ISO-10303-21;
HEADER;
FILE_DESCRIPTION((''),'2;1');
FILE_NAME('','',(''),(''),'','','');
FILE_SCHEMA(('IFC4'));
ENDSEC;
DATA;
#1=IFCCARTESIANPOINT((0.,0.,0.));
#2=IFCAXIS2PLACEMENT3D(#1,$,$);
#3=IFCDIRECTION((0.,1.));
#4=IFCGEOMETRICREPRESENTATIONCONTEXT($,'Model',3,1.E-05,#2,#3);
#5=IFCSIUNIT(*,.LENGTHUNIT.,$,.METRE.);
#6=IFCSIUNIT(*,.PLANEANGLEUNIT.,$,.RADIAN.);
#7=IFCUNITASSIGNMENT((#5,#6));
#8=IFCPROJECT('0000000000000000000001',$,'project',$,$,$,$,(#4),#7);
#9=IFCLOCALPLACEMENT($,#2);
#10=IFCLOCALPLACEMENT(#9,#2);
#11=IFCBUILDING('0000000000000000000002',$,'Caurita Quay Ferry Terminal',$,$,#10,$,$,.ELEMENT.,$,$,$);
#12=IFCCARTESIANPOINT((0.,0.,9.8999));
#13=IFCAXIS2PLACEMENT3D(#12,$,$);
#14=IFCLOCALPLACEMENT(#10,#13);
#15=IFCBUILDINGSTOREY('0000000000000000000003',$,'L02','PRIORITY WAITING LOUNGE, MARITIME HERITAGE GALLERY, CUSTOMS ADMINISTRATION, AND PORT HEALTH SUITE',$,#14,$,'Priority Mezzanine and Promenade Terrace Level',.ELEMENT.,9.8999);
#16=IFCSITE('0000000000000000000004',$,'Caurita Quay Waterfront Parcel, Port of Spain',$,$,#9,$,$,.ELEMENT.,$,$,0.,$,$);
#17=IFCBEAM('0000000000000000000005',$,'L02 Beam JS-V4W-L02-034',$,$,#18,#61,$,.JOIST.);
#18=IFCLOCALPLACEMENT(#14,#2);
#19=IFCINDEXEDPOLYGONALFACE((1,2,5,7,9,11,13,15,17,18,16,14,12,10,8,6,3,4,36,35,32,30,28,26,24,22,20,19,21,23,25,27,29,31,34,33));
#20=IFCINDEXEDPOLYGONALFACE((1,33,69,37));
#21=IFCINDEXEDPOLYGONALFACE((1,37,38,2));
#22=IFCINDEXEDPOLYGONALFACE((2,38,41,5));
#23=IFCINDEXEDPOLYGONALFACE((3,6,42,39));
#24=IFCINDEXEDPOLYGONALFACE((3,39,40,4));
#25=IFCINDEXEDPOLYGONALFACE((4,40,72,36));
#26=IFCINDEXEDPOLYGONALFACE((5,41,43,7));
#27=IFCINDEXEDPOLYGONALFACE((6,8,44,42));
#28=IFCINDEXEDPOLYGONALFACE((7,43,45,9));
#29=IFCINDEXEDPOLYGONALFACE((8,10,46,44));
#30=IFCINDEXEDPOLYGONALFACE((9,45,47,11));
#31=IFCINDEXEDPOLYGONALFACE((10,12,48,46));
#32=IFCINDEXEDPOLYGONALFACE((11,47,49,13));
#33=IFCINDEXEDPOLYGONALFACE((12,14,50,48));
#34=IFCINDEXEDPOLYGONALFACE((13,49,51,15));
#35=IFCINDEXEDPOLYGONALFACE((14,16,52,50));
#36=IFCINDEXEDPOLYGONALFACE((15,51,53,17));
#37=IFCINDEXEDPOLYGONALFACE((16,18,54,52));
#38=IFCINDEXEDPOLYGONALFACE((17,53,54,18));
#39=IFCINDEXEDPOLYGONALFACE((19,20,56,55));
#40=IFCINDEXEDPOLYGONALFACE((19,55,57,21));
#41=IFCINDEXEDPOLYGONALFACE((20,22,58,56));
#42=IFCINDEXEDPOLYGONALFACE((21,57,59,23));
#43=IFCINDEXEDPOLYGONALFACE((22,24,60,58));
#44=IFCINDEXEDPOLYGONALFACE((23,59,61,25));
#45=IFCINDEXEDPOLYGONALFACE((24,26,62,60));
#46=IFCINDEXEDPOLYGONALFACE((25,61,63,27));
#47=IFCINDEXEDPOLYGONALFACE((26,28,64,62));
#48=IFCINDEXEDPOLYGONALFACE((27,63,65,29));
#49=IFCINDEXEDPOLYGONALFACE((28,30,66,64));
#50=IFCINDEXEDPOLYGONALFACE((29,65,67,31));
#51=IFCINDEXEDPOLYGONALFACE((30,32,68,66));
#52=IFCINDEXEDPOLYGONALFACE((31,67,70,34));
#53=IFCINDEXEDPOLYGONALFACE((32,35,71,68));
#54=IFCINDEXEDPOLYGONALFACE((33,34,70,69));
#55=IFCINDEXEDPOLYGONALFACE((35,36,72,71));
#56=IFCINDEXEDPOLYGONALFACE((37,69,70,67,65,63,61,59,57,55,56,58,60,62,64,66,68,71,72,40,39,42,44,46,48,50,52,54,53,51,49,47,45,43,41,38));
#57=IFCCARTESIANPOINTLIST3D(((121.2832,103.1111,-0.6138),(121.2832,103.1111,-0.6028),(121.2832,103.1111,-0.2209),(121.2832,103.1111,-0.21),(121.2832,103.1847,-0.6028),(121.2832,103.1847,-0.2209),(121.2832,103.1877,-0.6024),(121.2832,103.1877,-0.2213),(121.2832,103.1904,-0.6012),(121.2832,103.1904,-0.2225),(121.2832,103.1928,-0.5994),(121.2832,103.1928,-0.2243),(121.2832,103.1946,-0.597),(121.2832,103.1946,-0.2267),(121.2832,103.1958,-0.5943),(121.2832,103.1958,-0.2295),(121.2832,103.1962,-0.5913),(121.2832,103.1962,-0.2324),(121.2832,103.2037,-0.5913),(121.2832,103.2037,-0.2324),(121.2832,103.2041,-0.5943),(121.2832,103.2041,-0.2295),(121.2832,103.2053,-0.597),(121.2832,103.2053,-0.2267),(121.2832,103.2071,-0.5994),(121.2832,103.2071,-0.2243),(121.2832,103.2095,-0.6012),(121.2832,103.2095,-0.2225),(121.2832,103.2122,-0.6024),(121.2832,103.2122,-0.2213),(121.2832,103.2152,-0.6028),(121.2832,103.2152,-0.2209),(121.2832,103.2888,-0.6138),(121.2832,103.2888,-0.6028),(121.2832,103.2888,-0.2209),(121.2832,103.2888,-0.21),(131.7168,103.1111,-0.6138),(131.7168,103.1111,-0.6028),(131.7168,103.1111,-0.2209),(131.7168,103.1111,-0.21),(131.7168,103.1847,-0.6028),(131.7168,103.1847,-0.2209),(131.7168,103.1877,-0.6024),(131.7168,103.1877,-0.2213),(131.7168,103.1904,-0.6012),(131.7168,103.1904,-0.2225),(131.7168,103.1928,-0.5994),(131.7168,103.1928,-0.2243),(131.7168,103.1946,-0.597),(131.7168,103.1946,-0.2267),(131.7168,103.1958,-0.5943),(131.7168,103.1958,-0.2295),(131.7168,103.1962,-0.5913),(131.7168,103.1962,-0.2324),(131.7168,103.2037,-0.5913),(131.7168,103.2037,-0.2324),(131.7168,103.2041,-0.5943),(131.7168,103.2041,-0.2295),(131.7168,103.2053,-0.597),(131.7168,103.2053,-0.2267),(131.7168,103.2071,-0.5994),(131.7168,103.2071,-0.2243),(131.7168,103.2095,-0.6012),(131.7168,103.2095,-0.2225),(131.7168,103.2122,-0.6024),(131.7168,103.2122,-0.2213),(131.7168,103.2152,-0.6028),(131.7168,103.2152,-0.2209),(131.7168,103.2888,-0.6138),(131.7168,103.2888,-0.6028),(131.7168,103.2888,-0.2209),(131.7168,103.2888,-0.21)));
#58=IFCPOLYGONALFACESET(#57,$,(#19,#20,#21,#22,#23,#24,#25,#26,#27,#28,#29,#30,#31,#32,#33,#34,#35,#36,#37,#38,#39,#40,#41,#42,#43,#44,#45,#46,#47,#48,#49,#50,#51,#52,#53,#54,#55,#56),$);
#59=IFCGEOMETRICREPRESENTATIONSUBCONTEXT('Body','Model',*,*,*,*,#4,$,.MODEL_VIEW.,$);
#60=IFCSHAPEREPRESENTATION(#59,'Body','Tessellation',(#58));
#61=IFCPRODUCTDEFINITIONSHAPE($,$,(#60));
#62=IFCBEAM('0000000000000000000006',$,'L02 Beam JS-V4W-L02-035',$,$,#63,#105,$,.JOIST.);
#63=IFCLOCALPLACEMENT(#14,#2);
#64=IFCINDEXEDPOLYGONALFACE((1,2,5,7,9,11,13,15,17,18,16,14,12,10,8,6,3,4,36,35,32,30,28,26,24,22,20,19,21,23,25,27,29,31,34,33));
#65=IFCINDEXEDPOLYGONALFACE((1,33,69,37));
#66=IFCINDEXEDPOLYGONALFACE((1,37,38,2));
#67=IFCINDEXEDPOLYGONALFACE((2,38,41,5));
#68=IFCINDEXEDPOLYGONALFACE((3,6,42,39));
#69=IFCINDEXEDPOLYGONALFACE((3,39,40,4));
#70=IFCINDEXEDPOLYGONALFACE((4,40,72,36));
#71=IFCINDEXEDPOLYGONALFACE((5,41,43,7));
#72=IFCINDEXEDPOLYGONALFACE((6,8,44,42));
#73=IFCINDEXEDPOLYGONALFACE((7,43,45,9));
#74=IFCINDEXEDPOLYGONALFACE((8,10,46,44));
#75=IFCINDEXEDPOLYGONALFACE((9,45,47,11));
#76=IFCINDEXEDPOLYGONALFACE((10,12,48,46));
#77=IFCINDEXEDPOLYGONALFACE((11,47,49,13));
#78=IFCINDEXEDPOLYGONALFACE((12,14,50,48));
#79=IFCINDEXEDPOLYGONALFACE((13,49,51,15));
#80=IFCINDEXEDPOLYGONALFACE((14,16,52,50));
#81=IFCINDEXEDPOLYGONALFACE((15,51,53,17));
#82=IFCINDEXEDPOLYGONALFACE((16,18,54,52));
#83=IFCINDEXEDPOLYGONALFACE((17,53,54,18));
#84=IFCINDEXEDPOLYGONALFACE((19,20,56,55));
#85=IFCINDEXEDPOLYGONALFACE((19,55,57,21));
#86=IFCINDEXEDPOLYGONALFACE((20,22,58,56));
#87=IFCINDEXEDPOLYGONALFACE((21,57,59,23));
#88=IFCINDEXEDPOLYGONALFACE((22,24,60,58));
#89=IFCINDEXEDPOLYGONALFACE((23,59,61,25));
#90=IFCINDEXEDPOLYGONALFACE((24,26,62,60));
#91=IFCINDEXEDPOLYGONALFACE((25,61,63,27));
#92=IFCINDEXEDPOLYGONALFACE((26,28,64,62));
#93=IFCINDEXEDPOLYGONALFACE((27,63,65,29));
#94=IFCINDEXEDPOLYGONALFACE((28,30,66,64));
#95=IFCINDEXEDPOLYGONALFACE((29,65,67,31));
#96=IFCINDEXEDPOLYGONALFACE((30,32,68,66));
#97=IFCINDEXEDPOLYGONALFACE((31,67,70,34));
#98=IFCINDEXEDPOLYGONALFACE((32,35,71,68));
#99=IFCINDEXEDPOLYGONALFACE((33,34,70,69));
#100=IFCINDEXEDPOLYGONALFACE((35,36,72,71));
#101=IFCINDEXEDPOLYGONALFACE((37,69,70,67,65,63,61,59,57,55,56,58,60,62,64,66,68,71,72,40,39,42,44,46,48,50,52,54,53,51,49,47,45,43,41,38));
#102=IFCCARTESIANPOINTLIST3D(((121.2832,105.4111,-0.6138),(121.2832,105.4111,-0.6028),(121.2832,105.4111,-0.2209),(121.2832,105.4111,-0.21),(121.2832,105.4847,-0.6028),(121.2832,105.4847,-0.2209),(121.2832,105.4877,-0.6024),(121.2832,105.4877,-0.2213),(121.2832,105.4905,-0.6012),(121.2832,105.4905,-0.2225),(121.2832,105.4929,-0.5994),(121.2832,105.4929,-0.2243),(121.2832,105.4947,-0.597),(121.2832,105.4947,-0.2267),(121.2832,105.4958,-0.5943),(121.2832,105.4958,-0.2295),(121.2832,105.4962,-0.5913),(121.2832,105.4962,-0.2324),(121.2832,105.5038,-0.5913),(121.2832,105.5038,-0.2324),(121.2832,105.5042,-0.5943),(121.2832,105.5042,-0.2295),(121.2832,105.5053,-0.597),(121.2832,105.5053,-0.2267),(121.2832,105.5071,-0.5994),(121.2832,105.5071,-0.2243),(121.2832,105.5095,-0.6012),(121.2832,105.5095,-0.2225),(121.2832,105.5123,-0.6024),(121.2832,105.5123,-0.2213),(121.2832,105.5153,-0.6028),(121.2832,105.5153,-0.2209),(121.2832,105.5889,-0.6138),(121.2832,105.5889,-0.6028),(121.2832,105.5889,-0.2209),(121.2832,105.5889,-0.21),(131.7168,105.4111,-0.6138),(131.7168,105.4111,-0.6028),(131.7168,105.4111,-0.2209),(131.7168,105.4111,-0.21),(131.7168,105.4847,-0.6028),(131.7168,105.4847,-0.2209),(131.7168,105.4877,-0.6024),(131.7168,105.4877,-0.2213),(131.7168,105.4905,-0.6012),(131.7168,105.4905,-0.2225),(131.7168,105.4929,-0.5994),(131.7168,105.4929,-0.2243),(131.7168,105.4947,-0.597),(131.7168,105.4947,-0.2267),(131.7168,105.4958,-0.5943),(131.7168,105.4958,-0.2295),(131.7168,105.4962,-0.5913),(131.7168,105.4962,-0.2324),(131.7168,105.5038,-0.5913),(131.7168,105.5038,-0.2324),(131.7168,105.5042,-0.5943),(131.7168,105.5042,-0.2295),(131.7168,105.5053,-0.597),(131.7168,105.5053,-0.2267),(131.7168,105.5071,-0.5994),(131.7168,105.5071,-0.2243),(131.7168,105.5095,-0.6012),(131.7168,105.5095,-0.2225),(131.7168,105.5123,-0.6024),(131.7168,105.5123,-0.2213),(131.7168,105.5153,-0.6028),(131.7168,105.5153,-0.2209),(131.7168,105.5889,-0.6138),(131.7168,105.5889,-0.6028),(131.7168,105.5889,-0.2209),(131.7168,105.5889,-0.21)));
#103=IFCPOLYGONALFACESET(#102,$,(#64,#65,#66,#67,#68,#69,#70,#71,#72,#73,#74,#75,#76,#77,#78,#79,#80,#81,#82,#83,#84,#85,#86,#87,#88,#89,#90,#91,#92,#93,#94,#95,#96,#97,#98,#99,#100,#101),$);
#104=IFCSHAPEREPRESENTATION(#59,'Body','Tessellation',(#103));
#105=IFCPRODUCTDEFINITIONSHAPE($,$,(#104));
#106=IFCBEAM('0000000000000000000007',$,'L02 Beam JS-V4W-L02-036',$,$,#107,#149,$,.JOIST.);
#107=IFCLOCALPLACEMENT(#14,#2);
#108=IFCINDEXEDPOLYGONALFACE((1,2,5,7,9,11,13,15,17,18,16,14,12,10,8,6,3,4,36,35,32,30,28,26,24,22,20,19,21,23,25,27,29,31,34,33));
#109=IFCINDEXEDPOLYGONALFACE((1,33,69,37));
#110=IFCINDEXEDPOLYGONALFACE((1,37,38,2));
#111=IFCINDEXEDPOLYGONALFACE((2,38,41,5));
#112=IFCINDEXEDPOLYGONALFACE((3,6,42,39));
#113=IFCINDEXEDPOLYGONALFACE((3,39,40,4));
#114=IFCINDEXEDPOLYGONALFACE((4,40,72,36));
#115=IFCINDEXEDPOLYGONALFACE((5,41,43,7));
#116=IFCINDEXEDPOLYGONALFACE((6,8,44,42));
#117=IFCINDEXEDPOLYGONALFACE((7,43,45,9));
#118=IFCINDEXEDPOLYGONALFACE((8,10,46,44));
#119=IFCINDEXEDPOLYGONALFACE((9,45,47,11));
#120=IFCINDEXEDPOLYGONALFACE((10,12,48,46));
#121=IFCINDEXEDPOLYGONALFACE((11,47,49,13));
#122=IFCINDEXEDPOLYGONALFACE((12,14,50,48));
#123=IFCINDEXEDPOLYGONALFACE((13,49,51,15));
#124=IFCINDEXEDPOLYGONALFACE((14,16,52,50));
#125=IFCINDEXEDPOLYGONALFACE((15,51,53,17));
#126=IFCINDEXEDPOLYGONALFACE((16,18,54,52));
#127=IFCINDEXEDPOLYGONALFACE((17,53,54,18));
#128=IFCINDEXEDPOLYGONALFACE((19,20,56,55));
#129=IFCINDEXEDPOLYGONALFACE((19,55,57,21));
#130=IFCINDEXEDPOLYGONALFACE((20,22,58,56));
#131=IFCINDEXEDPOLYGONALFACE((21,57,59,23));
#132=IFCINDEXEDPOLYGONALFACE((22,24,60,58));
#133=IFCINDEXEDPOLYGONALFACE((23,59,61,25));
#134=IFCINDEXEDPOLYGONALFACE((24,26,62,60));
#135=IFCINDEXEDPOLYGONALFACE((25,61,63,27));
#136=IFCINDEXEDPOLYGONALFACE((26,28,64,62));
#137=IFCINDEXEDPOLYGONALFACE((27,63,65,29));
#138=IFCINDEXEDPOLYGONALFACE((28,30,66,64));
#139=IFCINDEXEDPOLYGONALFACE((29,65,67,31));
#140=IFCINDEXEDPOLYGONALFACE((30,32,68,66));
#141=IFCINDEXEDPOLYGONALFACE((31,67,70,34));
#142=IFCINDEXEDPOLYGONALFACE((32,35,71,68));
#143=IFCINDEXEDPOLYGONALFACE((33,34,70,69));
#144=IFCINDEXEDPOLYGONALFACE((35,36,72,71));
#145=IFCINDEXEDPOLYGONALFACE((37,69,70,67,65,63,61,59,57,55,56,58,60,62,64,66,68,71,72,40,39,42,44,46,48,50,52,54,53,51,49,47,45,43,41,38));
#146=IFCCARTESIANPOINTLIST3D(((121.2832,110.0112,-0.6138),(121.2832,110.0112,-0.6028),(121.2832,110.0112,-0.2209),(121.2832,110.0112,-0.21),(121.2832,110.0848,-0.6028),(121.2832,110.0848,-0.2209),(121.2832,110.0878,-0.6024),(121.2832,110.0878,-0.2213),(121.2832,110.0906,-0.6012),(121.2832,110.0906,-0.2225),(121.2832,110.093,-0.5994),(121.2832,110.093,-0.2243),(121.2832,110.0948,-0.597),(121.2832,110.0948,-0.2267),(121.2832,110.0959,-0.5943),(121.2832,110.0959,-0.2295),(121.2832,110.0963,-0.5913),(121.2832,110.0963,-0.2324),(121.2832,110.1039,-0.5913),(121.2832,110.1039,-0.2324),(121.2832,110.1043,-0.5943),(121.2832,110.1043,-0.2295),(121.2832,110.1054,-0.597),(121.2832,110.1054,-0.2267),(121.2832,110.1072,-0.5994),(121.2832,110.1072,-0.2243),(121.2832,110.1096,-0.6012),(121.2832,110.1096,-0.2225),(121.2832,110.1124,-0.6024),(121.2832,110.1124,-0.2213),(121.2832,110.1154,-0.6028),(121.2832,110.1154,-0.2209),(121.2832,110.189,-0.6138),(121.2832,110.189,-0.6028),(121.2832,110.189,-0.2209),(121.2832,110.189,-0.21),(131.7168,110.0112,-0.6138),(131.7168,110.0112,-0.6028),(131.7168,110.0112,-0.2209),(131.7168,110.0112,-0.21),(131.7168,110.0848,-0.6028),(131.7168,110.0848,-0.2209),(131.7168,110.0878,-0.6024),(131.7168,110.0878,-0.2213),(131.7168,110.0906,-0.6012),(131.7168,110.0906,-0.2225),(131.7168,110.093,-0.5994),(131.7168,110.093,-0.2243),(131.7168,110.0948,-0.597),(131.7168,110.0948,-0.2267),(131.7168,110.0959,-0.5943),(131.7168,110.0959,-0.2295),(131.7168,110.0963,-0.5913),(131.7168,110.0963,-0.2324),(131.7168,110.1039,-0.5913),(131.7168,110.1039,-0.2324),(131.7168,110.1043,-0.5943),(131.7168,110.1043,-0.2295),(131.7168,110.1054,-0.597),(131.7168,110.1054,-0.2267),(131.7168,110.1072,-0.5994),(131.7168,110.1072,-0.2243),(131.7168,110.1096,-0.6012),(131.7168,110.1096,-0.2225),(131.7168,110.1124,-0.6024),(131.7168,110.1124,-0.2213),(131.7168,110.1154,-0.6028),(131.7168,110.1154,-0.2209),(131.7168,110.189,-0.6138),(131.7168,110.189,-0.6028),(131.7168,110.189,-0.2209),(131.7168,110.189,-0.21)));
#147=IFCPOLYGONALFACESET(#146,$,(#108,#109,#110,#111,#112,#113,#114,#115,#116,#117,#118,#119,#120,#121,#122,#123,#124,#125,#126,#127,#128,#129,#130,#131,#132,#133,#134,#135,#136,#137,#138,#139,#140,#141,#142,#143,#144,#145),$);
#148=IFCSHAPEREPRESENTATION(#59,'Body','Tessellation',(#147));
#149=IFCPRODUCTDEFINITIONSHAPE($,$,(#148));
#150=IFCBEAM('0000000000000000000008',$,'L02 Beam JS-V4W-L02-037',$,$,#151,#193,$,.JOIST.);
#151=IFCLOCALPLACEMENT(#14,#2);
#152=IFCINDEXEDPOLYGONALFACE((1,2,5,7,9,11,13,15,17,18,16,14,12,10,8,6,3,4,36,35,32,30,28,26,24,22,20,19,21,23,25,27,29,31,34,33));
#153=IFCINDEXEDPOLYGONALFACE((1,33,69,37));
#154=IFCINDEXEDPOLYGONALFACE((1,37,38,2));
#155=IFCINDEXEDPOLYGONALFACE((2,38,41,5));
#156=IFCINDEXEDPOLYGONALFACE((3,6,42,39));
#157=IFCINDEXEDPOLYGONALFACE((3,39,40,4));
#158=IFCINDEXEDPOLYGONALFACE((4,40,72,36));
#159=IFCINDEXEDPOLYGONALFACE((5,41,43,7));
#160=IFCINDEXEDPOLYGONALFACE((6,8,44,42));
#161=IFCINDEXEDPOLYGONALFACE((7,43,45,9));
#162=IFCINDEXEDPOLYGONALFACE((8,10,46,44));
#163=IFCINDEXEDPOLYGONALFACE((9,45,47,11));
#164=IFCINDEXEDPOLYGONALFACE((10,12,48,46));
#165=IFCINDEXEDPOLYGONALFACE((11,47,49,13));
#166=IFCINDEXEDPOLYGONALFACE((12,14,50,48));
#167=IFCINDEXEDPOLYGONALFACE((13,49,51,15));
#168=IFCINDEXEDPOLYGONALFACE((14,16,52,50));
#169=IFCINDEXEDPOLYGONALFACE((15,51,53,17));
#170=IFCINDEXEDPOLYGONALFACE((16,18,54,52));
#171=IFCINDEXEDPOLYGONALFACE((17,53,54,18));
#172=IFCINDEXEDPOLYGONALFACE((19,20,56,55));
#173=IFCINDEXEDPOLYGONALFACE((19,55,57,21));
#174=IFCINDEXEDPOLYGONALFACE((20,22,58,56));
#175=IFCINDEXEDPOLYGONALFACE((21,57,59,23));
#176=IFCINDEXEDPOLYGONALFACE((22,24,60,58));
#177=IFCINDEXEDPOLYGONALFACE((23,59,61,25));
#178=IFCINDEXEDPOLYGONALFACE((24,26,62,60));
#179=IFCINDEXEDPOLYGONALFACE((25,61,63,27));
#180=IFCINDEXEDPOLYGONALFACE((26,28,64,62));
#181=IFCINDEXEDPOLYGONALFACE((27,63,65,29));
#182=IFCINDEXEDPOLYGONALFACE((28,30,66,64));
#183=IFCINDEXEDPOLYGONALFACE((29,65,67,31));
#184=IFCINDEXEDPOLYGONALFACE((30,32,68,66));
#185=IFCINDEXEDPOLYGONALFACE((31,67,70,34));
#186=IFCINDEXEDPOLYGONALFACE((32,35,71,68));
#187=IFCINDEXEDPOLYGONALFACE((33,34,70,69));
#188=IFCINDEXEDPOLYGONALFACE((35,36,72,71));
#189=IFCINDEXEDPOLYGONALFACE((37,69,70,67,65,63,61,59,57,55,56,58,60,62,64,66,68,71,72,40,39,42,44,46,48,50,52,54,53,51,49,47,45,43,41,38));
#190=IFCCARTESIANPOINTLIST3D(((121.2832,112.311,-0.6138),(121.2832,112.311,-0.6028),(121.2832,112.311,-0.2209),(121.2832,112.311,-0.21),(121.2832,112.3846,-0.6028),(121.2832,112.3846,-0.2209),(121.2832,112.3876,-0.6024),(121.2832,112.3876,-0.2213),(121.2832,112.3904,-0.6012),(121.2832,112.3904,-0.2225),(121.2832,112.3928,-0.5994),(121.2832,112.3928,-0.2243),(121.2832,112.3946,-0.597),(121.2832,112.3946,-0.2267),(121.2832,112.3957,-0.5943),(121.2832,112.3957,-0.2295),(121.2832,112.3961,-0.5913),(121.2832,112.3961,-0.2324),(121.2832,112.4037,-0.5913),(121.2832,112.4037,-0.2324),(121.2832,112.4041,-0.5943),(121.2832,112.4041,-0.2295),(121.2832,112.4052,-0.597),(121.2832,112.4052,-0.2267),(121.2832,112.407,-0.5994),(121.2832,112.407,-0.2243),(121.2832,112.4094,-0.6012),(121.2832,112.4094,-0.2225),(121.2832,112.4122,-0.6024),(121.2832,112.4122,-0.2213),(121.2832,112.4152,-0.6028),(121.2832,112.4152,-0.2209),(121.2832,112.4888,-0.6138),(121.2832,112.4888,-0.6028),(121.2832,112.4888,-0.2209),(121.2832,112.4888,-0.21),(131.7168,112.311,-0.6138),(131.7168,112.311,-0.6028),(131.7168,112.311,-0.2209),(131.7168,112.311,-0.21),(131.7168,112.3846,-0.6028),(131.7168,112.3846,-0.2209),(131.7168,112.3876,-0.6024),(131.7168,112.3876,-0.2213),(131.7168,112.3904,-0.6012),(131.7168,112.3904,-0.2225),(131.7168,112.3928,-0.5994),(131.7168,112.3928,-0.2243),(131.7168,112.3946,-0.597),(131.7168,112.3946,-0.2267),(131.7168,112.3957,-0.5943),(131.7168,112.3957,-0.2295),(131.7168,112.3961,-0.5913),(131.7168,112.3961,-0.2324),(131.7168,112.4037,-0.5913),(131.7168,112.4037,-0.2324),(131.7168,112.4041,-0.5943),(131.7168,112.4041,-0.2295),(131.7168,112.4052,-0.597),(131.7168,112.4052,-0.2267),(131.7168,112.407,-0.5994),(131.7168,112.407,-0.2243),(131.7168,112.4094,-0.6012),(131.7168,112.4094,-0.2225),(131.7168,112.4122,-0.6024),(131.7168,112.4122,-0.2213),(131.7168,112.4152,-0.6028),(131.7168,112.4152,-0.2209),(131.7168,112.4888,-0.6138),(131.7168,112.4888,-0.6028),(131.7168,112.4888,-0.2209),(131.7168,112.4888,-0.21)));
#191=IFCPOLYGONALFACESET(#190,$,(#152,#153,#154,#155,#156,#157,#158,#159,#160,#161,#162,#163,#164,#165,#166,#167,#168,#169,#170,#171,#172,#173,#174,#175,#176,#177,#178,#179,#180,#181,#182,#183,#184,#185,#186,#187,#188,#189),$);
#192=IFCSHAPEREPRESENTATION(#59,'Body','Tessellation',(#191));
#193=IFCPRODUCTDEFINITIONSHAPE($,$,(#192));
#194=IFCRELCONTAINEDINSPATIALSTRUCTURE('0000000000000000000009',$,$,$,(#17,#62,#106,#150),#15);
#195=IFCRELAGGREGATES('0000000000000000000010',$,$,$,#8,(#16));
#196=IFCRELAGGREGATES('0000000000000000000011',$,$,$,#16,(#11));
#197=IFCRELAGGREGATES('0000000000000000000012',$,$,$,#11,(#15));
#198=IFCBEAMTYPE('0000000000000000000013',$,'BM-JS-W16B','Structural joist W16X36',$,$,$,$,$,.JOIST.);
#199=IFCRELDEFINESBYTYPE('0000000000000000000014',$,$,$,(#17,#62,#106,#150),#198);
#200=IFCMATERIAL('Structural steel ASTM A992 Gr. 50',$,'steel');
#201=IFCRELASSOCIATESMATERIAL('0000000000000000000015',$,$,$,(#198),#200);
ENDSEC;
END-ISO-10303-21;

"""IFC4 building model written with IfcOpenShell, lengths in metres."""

from ifc_helpers import new_model, si_unit, direction, frame, origin, origin_2d, place, context, subcontext, project, spatial, i_section, extrude, material, material_profile, profile_set, type_object, element, save


model = new_model("IFC4")

# Units and contexts
model_context = context("Model", 3, precision=1e-05, world=origin(), true_north=direction((0.0, 1.0)))
body_context = subcontext(model_context, "Body", "Model", "MODEL_VIEW")
ifc_project = project(units=[si_unit("LENGTHUNIT", "METRE"), si_unit("PLANEANGLEUNIT", "RADIAN")], contexts=[model_context])

# Site, building, storey
site_placement = place(None, origin())
site = spatial("IfcSite", under=ifc_project, at=site_placement, Name="Caurita Quay Waterfront Parcel, Port of Spain", CompositionType="ELEMENT", RefElevation=0.0)
building_placement = place(site_placement, origin())
building = spatial("IfcBuilding", under=site, at=building_placement, Name="Caurita Quay Ferry Terminal", CompositionType="ELEMENT")
storey_placement = place(building_placement, frame((0.0, 0.0, 9.8999)))
storey = spatial("IfcBuildingStorey", under=building, at=storey_placement, Name="L02", Description="PRIORITY WAITING LOUNGE, MARITIME HERITAGE GALLERY, CUSTOMS ADMINISTRATION, AND PORT HEALTH SUITE", LongName="Priority Mezzanine and Promenade Terrace Level", CompositionType="ELEMENT", Elevation=9.8999)

# Beams
ifc_material_1 = material(Name="Structural steel ASTM A992 Gr. 50", Category="steel")
ifc_material_profile_1 = material_profile(ifc_material_1, i_section(OverallWidth=0.1777, OverallDepth=0.4038, WebThickness=0.0076, FlangeThickness=0.011, FilletRadius=0.0115, at=origin_2d()), Name="W16X36")
ifc_profile_set_1 = profile_set([ifc_material_profile_1], Name="Structural steel ASTM A992 Gr. 50")
beam_type_1 = type_object("IfcBeamType", Name="BM-JS-W16B", Description="Structural joist W16X36", PredefinedType="JOIST", material=ifc_profile_set_1)
for number, where, z_axis, x_axis, name in (
    (1, (121.2832, 103.2, -0.4119), (1.0, 0.0, 0.0), (0.0, 1.0, 0.0), "L02 Beam JS-V4W-L02-034"),
    (2, (121.2832, 105.5, -0.4119), (1.0, 0.0, 0.0), (0.0, 1.0, 0.0), "L02 Beam JS-V4W-L02-035"),
    (3, (121.2832, 110.1001, -0.4119), (1.0, 0.0, 0.0), (0.0, 1.0, 0.0), "L02 Beam JS-V4W-L02-036"),
    (4, (121.2832, 112.3999, -0.4119), (1.0, 0.0, 0.0), (0.0, 1.0, 0.0), "L02 Beam JS-V4W-L02-037"),
):
    element("IfcBeam", number, at=place(storey_placement, frame(where, z_axis=z_axis, x_axis=x_axis)), inside=storey, type_object=beam_type_1, Name=name, PredefinedType="JOIST", context=body_context, shape_type="SweptSolid", body=[
        extrude(i_section(OverallWidth=0.1777, OverallDepth=0.4038, WebThickness=0.0076, FlangeThickness=0.011, FilletRadius=0.0115, at=origin_2d()), origin(), (0.0, 0.0, 1.0), 10.4336),
    ])

save(model, "model.ifc")
